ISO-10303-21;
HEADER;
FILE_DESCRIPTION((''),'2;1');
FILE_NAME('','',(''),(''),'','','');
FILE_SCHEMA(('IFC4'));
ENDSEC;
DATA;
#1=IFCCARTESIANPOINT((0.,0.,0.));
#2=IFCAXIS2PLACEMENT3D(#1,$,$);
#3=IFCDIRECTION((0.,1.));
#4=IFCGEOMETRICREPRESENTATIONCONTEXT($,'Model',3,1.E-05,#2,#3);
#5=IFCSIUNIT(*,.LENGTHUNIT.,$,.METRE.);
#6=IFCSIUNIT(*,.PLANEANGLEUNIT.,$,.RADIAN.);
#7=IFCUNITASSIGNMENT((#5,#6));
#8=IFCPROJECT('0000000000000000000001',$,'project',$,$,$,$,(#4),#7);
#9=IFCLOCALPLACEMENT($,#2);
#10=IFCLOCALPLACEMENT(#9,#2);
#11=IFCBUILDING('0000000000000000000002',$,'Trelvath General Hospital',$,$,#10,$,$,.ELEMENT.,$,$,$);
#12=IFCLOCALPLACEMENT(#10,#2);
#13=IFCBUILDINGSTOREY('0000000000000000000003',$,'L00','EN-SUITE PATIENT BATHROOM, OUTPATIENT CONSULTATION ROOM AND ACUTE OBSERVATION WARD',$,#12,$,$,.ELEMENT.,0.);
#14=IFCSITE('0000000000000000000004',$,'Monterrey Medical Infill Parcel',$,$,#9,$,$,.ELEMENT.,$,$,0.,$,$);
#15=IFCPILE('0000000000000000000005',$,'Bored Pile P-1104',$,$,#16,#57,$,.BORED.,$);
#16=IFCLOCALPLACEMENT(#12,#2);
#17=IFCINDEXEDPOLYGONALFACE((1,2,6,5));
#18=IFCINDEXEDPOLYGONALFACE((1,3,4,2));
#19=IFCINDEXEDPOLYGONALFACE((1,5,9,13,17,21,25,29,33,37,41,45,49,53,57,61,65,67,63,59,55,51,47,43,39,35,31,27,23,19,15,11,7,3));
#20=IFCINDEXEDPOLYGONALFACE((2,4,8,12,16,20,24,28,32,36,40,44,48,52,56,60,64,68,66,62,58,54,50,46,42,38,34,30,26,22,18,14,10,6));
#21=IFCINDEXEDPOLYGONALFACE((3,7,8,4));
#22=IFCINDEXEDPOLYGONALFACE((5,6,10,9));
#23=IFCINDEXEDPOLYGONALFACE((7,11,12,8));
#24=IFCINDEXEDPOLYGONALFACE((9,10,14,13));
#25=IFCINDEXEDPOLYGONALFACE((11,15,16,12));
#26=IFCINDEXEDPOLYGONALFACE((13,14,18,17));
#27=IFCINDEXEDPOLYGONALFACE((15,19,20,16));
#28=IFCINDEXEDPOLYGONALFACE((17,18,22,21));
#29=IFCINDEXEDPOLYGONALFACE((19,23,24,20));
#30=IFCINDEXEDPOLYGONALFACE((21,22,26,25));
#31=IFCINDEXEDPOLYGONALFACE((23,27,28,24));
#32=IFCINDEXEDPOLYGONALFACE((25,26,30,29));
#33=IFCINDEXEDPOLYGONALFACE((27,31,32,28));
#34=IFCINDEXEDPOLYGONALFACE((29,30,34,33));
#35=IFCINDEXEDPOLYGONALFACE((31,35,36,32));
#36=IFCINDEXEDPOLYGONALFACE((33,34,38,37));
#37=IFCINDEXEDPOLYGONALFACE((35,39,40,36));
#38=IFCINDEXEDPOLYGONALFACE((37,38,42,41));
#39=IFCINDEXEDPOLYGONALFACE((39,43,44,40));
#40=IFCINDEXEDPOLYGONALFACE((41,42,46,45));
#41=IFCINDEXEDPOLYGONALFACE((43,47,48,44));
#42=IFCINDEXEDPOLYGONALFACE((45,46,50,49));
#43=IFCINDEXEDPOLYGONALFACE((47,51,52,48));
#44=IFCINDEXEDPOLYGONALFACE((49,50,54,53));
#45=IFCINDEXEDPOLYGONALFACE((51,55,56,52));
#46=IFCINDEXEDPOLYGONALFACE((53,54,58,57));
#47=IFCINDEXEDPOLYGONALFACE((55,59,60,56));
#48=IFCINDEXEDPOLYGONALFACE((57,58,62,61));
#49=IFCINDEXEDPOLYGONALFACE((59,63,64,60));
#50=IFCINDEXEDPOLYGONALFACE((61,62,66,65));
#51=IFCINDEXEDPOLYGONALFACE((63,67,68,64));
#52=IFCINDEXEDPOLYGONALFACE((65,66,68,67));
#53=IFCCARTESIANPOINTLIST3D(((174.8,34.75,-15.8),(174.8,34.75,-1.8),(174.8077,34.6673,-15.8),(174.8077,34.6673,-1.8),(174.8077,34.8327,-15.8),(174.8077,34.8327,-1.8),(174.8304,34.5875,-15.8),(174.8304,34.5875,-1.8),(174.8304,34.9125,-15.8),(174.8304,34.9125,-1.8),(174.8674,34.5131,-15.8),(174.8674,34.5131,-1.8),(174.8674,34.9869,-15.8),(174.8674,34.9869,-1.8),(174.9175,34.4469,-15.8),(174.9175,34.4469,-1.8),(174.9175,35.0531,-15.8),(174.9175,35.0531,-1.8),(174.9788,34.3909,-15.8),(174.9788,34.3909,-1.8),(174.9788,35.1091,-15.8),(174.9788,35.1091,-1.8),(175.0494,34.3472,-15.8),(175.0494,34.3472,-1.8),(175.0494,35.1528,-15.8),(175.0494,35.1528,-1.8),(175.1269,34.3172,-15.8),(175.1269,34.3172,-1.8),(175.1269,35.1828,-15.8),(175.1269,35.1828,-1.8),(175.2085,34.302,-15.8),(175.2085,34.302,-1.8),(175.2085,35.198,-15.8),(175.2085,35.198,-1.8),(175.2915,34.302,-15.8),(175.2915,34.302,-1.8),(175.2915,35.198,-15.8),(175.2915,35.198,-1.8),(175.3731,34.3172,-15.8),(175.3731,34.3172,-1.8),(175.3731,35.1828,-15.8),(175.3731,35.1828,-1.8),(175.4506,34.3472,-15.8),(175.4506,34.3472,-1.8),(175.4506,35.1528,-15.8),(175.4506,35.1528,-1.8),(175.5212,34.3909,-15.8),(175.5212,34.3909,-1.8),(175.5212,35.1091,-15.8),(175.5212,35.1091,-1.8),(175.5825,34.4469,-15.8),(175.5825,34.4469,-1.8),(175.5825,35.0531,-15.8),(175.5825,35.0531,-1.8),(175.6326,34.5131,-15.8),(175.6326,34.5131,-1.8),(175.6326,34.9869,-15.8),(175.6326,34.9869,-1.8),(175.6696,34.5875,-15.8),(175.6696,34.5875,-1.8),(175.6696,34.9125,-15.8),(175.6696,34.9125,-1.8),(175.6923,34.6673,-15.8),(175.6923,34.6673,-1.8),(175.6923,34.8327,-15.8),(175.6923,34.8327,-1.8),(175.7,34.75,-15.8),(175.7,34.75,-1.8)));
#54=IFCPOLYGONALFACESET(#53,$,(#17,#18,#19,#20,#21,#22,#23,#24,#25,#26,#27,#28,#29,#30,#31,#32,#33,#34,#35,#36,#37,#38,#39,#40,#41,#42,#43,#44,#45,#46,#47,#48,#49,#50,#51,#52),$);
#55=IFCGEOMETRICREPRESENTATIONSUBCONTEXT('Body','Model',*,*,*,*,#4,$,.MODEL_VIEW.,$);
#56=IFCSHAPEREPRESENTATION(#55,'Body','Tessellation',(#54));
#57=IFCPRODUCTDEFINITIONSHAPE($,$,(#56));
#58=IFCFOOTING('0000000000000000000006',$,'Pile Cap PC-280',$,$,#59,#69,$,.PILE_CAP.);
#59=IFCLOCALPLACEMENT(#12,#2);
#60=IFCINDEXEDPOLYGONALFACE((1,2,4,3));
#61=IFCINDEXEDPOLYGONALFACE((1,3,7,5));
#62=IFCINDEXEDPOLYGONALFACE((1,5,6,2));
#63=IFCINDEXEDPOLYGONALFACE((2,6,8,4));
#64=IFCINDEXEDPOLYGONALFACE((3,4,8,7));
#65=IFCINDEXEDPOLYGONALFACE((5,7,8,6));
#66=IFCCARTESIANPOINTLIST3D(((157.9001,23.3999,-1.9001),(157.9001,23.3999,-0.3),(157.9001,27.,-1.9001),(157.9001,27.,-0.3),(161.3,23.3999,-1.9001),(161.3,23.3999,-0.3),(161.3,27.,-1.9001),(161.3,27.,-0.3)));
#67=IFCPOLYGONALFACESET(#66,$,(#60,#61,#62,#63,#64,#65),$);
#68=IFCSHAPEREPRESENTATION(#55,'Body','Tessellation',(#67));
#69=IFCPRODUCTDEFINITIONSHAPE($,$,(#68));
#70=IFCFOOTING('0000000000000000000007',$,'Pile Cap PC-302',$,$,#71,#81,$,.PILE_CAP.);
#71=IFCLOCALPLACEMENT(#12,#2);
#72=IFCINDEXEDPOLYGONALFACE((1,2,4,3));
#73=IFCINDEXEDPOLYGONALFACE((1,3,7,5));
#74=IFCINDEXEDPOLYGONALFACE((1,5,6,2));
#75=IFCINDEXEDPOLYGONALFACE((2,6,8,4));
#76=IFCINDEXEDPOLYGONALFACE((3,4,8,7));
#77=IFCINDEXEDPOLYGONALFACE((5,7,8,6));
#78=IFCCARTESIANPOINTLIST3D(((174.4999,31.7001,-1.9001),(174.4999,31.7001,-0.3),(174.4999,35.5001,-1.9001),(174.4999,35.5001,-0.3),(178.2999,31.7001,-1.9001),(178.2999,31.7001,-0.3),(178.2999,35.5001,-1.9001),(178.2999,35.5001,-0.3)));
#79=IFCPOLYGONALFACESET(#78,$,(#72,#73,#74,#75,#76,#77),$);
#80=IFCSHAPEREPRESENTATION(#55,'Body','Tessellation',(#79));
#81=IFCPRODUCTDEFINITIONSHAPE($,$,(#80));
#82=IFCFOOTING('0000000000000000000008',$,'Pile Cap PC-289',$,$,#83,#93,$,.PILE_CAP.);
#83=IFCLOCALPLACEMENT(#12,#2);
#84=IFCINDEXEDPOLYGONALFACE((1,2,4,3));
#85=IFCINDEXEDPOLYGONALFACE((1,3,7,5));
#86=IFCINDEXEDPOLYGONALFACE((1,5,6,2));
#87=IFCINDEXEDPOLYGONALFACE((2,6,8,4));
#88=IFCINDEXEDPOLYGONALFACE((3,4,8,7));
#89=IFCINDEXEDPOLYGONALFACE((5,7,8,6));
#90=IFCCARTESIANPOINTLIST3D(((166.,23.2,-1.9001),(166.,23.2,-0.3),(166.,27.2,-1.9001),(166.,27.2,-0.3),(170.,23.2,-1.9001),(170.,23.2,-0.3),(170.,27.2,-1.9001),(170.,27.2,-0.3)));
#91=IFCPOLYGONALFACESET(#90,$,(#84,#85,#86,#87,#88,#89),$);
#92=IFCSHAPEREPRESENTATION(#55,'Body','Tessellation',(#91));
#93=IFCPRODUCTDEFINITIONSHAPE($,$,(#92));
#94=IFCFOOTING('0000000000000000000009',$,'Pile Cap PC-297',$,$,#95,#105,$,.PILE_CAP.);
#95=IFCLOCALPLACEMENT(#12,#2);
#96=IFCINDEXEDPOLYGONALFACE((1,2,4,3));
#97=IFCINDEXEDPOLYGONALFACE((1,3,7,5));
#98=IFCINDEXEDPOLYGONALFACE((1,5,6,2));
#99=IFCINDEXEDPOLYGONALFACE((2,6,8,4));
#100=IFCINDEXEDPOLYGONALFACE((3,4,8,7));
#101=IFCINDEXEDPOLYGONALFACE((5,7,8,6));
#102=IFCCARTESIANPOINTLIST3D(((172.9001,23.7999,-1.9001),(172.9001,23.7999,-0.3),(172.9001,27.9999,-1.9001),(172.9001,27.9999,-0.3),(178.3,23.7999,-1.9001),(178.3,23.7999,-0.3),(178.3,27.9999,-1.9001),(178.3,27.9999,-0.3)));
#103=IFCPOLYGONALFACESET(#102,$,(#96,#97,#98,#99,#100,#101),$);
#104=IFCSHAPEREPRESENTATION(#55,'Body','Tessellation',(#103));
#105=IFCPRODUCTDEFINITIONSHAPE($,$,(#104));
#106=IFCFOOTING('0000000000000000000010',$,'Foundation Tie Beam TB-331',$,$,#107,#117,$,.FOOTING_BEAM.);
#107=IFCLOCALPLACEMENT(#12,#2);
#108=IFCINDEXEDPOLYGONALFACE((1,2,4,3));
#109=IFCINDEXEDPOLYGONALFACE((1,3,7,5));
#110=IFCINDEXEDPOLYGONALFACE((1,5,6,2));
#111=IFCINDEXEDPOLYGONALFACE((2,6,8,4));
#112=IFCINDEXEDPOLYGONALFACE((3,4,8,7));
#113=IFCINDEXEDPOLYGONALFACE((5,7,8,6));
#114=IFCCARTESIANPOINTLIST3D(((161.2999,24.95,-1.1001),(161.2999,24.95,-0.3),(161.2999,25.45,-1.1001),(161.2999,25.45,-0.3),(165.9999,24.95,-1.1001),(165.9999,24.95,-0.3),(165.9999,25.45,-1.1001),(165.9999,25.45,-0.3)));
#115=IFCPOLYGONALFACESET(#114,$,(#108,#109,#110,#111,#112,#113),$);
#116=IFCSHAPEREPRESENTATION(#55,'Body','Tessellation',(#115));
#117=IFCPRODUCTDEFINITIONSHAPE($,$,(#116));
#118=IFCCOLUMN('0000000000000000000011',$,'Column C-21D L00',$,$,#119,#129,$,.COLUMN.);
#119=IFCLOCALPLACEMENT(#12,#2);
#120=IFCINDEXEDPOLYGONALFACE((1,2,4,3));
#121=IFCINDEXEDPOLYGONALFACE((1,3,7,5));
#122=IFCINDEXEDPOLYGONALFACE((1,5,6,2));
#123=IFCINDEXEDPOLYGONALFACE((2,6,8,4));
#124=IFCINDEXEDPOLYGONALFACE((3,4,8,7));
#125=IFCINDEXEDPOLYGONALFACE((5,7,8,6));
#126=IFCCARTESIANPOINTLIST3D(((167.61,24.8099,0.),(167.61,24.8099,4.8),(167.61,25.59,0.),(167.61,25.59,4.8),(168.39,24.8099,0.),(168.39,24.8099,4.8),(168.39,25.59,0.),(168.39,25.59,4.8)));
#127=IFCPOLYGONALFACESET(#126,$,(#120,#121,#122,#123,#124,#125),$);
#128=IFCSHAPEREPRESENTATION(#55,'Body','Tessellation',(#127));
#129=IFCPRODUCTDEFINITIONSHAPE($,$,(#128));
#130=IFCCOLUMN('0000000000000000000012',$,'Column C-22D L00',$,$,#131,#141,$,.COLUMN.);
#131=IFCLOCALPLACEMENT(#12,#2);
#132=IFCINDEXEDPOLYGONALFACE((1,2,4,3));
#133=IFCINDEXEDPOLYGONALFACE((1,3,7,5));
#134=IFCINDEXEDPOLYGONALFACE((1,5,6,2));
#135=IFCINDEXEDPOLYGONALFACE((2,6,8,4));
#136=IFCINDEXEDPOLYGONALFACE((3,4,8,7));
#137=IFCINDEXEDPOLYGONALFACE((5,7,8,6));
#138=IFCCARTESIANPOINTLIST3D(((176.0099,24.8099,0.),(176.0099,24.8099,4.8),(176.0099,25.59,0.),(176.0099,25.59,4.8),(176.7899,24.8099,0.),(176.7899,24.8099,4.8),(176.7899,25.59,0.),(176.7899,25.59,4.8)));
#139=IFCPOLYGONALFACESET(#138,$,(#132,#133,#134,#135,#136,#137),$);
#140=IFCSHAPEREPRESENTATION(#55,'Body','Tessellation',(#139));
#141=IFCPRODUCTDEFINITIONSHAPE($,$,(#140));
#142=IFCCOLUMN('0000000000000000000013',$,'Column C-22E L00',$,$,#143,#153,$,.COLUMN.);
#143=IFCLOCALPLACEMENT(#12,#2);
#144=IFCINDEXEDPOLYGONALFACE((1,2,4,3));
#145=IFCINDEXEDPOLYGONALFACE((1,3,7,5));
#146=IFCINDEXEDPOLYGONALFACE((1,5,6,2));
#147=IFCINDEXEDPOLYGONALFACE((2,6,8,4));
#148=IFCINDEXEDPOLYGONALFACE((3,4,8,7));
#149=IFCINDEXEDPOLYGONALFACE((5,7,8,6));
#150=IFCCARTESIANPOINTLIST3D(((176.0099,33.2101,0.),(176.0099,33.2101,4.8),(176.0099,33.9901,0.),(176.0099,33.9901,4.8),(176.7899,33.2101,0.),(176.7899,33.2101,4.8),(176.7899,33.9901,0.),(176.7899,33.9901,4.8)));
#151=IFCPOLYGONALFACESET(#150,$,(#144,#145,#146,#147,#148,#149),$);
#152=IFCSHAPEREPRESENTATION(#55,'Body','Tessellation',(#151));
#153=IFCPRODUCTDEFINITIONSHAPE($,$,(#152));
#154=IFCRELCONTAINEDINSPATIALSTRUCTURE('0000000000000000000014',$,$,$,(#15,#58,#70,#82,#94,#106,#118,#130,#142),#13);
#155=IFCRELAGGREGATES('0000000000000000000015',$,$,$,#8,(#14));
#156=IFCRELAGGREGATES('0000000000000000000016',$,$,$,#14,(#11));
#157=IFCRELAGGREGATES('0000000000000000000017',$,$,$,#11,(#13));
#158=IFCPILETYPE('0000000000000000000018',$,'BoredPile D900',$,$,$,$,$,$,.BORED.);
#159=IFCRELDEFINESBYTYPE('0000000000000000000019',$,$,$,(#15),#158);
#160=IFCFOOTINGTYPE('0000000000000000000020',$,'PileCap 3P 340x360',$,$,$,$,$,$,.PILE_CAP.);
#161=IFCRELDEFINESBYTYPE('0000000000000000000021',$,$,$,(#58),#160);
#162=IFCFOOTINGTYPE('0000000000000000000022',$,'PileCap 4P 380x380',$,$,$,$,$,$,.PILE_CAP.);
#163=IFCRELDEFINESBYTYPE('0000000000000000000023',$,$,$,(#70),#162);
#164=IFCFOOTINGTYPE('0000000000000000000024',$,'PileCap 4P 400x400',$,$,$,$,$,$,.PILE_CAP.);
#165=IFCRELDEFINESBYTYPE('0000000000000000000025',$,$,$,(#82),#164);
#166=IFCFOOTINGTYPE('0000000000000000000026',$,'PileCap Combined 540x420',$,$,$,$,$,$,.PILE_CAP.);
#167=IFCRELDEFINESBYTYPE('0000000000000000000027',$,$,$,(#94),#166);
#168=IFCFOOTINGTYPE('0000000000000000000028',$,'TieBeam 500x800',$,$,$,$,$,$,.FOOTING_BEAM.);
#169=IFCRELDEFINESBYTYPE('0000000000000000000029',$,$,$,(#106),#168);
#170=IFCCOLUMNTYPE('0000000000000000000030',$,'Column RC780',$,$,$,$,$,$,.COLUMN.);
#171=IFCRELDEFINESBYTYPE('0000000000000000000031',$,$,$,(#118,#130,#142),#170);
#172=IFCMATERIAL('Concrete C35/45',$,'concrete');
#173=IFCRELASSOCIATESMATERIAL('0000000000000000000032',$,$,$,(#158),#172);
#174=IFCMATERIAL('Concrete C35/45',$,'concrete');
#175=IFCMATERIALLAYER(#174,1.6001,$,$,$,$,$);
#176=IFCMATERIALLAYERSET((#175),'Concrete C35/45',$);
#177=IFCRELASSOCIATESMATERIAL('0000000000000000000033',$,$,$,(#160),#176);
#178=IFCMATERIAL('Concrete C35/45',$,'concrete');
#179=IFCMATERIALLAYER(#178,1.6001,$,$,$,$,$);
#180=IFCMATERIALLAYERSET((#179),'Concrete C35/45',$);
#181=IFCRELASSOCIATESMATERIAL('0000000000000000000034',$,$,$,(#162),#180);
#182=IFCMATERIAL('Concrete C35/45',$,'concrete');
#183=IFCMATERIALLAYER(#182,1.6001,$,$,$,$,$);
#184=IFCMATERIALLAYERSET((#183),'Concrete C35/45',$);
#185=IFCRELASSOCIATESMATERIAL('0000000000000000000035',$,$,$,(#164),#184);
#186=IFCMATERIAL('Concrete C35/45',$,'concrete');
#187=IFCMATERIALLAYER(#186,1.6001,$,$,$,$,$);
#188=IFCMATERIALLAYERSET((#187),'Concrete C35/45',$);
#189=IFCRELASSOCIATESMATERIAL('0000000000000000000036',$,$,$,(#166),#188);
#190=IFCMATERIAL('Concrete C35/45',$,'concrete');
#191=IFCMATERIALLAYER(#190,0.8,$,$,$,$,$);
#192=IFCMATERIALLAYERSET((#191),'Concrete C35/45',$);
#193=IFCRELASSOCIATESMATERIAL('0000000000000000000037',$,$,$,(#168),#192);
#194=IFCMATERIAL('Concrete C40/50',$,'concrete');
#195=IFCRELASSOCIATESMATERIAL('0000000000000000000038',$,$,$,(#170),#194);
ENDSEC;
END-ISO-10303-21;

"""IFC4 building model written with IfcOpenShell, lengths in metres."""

from ifc_helpers import new_model, si_unit, direction, frame, origin, origin_2d, place, context, subcontext, project, spatial, rectangle, circle, extrude, material, layer, layer_set, material_profile, profile_set, type_object, element, save


model = new_model("IFC4")

# Units and contexts
model_context = context("Model", 3, precision=1e-05, world=origin(), true_north=direction((0.0, 1.0)))
body_context = subcontext(model_context, "Body", "Model", "MODEL_VIEW")
ifc_project = project(units=[si_unit("LENGTHUNIT", "METRE"), si_unit("PLANEANGLEUNIT", "RADIAN")], contexts=[model_context])

# Site, building, storey
site_placement = place(None, origin())
site = spatial("IfcSite", under=ifc_project, at=site_placement, Name="Monterrey Medical Infill Parcel", CompositionType="ELEMENT", RefElevation=0.0)
building_placement = place(site_placement, origin())
building = spatial("IfcBuilding", under=site, at=building_placement, Name="Trelvath General Hospital", CompositionType="ELEMENT")
storey_placement = place(building_placement, origin())
storey = spatial("IfcBuildingStorey", under=building, at=storey_placement, Name="L00", Description="EN-SUITE PATIENT BATHROOM, OUTPATIENT CONSULTATION ROOM AND ACUTE OBSERVATION WARD", CompositionType="ELEMENT", Elevation=0.0)

# Pile
ifc_material_1 = material(Name="Concrete C35/45", Category="concrete")
ifc_material_profile_1 = material_profile(ifc_material_1, circle(Radius=0.45, at=origin_2d()), Name="PILE900")
ifc_profile_set_1 = profile_set([ifc_material_profile_1], Name="Concrete C35/45")
pile_type_1 = type_object("IfcPileType", Name="BoredPile D900", PredefinedType="BORED", material=ifc_profile_set_1)
for number, where, z_axis, x_axis, name in (
    (1, (175.25, 34.75, -1.8), (0.0, 0.0, -1.0), (1.0, 0.0, 0.0), "Bored Pile P-1104"),
):
    element("IfcPile", number, at=place(storey_placement, frame(where, z_axis=z_axis, x_axis=x_axis)), inside=storey, type_object=pile_type_1, Name=name, PredefinedType="BORED", context=body_context, shape_type="SweptSolid", body=[
        extrude(circle(Radius=0.45, at=origin_2d()), origin(), (0.0, 0.0, 1.0), 14.0),
    ])

# Footings
ifc_material_2 = material(Name="Concrete C35/45", Category="concrete")
ifc_layer_1 = layer(ifc_material_2, 1.6001)
ifc_layer_set_1 = layer_set([ifc_layer_1], Name="Concrete C35/45")
footing_type_1 = type_object("IfcFootingType", Name="PileCap 3P 340x360", PredefinedType="PILE_CAP", material=ifc_layer_set_1)
footing_1_placement = place(storey_placement, frame((159.6001, 25.2, -1.9001), z_axis=(0.0, 0.0, 1.0), x_axis=(1.0, 0.0, 0.0)))
element("IfcFooting", 2, at=footing_1_placement, inside=storey, type_object=footing_type_1, Name="Pile Cap PC-280", PredefinedType="PILE_CAP", context=body_context, shape_type="SweptSolid", body=[
    extrude(rectangle(XDim=3.3999, YDim=3.6001, at=origin_2d()), origin(), (0.0, 0.0, 1.0), 1.6001),
])
ifc_material_3 = material(Name="Concrete C35/45", Category="concrete")
ifc_layer_2 = layer(ifc_material_3, 1.6001)
ifc_layer_set_2 = layer_set([ifc_layer_2], Name="Concrete C35/45")
footing_type_2 = type_object("IfcFootingType", Name="PileCap 4P 380x380", PredefinedType="PILE_CAP", material=ifc_layer_set_2)
footing_2_placement = place(storey_placement, frame((176.3999, 33.6001, -1.9001), z_axis=(0.0, 0.0, 1.0), x_axis=(1.0, 0.0, 0.0)))
element("IfcFooting", 3, at=footing_2_placement, inside=storey, type_object=footing_type_2, Name="Pile Cap PC-302", PredefinedType="PILE_CAP", context=body_context, shape_type="SweptSolid", body=[
    extrude(rectangle(XDim=3.8, YDim=3.8, at=origin_2d()), origin(), (0.0, 0.0, 1.0), 1.6001),
])
ifc_material_4 = material(Name="Concrete C35/45", Category="concrete")
ifc_layer_3 = layer(ifc_material_4, 1.6001)
ifc_layer_set_3 = layer_set([ifc_layer_3], Name="Concrete C35/45")
footing_type_3 = type_object("IfcFootingType", Name="PileCap 4P 400x400", PredefinedType="PILE_CAP", material=ifc_layer_set_3)
footing_3_placement = place(storey_placement, frame((168.0, 25.2, -1.9001), z_axis=(0.0, 0.0, 1.0), x_axis=(1.0, 0.0, 0.0)))
element("IfcFooting", 4, at=footing_3_placement, inside=storey, type_object=footing_type_3, Name="Pile Cap PC-289", PredefinedType="PILE_CAP", context=body_context, shape_type="SweptSolid", body=[
    extrude(rectangle(XDim=4.0, YDim=4.0, at=origin_2d()), origin(), (0.0, 0.0, 1.0), 1.6001),
])
ifc_material_5 = material(Name="Concrete C35/45", Category="concrete")
ifc_layer_4 = layer(ifc_material_5, 1.6001)
ifc_layer_set_4 = layer_set([ifc_layer_4], Name="Concrete C35/45")
footing_type_4 = type_object("IfcFootingType", Name="PileCap Combined 540x420", PredefinedType="PILE_CAP", material=ifc_layer_set_4)
footing_4_placement = place(storey_placement, frame((175.6001, 25.8999, -1.9001), z_axis=(0.0, 0.0, 1.0), x_axis=(1.0, 0.0, 0.0)))
element("IfcFooting", 5, at=footing_4_placement, inside=storey, type_object=footing_type_4, Name="Pile Cap PC-297", PredefinedType="PILE_CAP", context=body_context, shape_type="SweptSolid", body=[
    extrude(rectangle(XDim=5.3999, YDim=4.2, at=origin_2d()), origin(), (0.0, 0.0, 1.0), 1.6001),
])
ifc_material_6 = material(Name="Concrete C35/45", Category="concrete")
ifc_layer_5 = layer(ifc_material_6, 0.8)
ifc_layer_set_5 = layer_set([ifc_layer_5], Name="Concrete C35/45")
footing_type_5 = type_object("IfcFootingType", Name="TieBeam 500x800", PredefinedType="FOOTING_BEAM", material=ifc_layer_set_5)
footing_5_placement = place(storey_placement, frame((163.6499, 25.2, -1.1001), z_axis=(0.0, 0.0, 1.0), x_axis=(1.0, 0.0, 0.0)))
element("IfcFooting", 6, at=footing_5_placement, inside=storey, type_object=footing_type_5, Name="Foundation Tie Beam TB-331", PredefinedType="FOOTING_BEAM", context=body_context, shape_type="SweptSolid", body=[
    extrude(rectangle(XDim=4.7, YDim=0.5, at=origin_2d()), origin(), (0.0, 0.0, 1.0), 0.8),
])

# Columns
ifc_material_7 = material(Name="Concrete C40/50", Category="concrete")
ifc_material_profile_2 = material_profile(ifc_material_7, rectangle(XDim=0.78, YDim=0.78, at=origin_2d()), Name="RC780x780")
ifc_profile_set_2 = profile_set([ifc_material_profile_2], Name="Concrete C40/50")
column_type_1 = type_object("IfcColumnType", Name="Column RC780", PredefinedType="COLUMN", material=ifc_profile_set_2)
for number, where, z_axis, x_axis, name in (
    (7, (168.0, 25.2, 0.0), (0.0, 0.0, 1.0), (1.0, 0.0, 0.0), "Column C-21D L00"),
    (8, (176.3999, 25.2, 0.0), (0.0, 0.0, 1.0), (1.0, 0.0, 0.0), "Column C-22D L00"),
    (9, (176.3999, 33.6001, 0.0), (0.0, 0.0, 1.0), (1.0, 0.0, 0.0), "Column C-22E L00"),
):
    element("IfcColumn", number, at=place(storey_placement, frame(where, z_axis=z_axis, x_axis=x_axis)), inside=storey, type_object=column_type_1, Name=name, PredefinedType="COLUMN", context=body_context, shape_type="SweptSolid", body=[
        extrude(rectangle(XDim=0.78, YDim=0.78, at=origin_2d()), origin(), (0.0, 0.0, 1.0), 4.8),
    ])

save(model, "model.ifc")
